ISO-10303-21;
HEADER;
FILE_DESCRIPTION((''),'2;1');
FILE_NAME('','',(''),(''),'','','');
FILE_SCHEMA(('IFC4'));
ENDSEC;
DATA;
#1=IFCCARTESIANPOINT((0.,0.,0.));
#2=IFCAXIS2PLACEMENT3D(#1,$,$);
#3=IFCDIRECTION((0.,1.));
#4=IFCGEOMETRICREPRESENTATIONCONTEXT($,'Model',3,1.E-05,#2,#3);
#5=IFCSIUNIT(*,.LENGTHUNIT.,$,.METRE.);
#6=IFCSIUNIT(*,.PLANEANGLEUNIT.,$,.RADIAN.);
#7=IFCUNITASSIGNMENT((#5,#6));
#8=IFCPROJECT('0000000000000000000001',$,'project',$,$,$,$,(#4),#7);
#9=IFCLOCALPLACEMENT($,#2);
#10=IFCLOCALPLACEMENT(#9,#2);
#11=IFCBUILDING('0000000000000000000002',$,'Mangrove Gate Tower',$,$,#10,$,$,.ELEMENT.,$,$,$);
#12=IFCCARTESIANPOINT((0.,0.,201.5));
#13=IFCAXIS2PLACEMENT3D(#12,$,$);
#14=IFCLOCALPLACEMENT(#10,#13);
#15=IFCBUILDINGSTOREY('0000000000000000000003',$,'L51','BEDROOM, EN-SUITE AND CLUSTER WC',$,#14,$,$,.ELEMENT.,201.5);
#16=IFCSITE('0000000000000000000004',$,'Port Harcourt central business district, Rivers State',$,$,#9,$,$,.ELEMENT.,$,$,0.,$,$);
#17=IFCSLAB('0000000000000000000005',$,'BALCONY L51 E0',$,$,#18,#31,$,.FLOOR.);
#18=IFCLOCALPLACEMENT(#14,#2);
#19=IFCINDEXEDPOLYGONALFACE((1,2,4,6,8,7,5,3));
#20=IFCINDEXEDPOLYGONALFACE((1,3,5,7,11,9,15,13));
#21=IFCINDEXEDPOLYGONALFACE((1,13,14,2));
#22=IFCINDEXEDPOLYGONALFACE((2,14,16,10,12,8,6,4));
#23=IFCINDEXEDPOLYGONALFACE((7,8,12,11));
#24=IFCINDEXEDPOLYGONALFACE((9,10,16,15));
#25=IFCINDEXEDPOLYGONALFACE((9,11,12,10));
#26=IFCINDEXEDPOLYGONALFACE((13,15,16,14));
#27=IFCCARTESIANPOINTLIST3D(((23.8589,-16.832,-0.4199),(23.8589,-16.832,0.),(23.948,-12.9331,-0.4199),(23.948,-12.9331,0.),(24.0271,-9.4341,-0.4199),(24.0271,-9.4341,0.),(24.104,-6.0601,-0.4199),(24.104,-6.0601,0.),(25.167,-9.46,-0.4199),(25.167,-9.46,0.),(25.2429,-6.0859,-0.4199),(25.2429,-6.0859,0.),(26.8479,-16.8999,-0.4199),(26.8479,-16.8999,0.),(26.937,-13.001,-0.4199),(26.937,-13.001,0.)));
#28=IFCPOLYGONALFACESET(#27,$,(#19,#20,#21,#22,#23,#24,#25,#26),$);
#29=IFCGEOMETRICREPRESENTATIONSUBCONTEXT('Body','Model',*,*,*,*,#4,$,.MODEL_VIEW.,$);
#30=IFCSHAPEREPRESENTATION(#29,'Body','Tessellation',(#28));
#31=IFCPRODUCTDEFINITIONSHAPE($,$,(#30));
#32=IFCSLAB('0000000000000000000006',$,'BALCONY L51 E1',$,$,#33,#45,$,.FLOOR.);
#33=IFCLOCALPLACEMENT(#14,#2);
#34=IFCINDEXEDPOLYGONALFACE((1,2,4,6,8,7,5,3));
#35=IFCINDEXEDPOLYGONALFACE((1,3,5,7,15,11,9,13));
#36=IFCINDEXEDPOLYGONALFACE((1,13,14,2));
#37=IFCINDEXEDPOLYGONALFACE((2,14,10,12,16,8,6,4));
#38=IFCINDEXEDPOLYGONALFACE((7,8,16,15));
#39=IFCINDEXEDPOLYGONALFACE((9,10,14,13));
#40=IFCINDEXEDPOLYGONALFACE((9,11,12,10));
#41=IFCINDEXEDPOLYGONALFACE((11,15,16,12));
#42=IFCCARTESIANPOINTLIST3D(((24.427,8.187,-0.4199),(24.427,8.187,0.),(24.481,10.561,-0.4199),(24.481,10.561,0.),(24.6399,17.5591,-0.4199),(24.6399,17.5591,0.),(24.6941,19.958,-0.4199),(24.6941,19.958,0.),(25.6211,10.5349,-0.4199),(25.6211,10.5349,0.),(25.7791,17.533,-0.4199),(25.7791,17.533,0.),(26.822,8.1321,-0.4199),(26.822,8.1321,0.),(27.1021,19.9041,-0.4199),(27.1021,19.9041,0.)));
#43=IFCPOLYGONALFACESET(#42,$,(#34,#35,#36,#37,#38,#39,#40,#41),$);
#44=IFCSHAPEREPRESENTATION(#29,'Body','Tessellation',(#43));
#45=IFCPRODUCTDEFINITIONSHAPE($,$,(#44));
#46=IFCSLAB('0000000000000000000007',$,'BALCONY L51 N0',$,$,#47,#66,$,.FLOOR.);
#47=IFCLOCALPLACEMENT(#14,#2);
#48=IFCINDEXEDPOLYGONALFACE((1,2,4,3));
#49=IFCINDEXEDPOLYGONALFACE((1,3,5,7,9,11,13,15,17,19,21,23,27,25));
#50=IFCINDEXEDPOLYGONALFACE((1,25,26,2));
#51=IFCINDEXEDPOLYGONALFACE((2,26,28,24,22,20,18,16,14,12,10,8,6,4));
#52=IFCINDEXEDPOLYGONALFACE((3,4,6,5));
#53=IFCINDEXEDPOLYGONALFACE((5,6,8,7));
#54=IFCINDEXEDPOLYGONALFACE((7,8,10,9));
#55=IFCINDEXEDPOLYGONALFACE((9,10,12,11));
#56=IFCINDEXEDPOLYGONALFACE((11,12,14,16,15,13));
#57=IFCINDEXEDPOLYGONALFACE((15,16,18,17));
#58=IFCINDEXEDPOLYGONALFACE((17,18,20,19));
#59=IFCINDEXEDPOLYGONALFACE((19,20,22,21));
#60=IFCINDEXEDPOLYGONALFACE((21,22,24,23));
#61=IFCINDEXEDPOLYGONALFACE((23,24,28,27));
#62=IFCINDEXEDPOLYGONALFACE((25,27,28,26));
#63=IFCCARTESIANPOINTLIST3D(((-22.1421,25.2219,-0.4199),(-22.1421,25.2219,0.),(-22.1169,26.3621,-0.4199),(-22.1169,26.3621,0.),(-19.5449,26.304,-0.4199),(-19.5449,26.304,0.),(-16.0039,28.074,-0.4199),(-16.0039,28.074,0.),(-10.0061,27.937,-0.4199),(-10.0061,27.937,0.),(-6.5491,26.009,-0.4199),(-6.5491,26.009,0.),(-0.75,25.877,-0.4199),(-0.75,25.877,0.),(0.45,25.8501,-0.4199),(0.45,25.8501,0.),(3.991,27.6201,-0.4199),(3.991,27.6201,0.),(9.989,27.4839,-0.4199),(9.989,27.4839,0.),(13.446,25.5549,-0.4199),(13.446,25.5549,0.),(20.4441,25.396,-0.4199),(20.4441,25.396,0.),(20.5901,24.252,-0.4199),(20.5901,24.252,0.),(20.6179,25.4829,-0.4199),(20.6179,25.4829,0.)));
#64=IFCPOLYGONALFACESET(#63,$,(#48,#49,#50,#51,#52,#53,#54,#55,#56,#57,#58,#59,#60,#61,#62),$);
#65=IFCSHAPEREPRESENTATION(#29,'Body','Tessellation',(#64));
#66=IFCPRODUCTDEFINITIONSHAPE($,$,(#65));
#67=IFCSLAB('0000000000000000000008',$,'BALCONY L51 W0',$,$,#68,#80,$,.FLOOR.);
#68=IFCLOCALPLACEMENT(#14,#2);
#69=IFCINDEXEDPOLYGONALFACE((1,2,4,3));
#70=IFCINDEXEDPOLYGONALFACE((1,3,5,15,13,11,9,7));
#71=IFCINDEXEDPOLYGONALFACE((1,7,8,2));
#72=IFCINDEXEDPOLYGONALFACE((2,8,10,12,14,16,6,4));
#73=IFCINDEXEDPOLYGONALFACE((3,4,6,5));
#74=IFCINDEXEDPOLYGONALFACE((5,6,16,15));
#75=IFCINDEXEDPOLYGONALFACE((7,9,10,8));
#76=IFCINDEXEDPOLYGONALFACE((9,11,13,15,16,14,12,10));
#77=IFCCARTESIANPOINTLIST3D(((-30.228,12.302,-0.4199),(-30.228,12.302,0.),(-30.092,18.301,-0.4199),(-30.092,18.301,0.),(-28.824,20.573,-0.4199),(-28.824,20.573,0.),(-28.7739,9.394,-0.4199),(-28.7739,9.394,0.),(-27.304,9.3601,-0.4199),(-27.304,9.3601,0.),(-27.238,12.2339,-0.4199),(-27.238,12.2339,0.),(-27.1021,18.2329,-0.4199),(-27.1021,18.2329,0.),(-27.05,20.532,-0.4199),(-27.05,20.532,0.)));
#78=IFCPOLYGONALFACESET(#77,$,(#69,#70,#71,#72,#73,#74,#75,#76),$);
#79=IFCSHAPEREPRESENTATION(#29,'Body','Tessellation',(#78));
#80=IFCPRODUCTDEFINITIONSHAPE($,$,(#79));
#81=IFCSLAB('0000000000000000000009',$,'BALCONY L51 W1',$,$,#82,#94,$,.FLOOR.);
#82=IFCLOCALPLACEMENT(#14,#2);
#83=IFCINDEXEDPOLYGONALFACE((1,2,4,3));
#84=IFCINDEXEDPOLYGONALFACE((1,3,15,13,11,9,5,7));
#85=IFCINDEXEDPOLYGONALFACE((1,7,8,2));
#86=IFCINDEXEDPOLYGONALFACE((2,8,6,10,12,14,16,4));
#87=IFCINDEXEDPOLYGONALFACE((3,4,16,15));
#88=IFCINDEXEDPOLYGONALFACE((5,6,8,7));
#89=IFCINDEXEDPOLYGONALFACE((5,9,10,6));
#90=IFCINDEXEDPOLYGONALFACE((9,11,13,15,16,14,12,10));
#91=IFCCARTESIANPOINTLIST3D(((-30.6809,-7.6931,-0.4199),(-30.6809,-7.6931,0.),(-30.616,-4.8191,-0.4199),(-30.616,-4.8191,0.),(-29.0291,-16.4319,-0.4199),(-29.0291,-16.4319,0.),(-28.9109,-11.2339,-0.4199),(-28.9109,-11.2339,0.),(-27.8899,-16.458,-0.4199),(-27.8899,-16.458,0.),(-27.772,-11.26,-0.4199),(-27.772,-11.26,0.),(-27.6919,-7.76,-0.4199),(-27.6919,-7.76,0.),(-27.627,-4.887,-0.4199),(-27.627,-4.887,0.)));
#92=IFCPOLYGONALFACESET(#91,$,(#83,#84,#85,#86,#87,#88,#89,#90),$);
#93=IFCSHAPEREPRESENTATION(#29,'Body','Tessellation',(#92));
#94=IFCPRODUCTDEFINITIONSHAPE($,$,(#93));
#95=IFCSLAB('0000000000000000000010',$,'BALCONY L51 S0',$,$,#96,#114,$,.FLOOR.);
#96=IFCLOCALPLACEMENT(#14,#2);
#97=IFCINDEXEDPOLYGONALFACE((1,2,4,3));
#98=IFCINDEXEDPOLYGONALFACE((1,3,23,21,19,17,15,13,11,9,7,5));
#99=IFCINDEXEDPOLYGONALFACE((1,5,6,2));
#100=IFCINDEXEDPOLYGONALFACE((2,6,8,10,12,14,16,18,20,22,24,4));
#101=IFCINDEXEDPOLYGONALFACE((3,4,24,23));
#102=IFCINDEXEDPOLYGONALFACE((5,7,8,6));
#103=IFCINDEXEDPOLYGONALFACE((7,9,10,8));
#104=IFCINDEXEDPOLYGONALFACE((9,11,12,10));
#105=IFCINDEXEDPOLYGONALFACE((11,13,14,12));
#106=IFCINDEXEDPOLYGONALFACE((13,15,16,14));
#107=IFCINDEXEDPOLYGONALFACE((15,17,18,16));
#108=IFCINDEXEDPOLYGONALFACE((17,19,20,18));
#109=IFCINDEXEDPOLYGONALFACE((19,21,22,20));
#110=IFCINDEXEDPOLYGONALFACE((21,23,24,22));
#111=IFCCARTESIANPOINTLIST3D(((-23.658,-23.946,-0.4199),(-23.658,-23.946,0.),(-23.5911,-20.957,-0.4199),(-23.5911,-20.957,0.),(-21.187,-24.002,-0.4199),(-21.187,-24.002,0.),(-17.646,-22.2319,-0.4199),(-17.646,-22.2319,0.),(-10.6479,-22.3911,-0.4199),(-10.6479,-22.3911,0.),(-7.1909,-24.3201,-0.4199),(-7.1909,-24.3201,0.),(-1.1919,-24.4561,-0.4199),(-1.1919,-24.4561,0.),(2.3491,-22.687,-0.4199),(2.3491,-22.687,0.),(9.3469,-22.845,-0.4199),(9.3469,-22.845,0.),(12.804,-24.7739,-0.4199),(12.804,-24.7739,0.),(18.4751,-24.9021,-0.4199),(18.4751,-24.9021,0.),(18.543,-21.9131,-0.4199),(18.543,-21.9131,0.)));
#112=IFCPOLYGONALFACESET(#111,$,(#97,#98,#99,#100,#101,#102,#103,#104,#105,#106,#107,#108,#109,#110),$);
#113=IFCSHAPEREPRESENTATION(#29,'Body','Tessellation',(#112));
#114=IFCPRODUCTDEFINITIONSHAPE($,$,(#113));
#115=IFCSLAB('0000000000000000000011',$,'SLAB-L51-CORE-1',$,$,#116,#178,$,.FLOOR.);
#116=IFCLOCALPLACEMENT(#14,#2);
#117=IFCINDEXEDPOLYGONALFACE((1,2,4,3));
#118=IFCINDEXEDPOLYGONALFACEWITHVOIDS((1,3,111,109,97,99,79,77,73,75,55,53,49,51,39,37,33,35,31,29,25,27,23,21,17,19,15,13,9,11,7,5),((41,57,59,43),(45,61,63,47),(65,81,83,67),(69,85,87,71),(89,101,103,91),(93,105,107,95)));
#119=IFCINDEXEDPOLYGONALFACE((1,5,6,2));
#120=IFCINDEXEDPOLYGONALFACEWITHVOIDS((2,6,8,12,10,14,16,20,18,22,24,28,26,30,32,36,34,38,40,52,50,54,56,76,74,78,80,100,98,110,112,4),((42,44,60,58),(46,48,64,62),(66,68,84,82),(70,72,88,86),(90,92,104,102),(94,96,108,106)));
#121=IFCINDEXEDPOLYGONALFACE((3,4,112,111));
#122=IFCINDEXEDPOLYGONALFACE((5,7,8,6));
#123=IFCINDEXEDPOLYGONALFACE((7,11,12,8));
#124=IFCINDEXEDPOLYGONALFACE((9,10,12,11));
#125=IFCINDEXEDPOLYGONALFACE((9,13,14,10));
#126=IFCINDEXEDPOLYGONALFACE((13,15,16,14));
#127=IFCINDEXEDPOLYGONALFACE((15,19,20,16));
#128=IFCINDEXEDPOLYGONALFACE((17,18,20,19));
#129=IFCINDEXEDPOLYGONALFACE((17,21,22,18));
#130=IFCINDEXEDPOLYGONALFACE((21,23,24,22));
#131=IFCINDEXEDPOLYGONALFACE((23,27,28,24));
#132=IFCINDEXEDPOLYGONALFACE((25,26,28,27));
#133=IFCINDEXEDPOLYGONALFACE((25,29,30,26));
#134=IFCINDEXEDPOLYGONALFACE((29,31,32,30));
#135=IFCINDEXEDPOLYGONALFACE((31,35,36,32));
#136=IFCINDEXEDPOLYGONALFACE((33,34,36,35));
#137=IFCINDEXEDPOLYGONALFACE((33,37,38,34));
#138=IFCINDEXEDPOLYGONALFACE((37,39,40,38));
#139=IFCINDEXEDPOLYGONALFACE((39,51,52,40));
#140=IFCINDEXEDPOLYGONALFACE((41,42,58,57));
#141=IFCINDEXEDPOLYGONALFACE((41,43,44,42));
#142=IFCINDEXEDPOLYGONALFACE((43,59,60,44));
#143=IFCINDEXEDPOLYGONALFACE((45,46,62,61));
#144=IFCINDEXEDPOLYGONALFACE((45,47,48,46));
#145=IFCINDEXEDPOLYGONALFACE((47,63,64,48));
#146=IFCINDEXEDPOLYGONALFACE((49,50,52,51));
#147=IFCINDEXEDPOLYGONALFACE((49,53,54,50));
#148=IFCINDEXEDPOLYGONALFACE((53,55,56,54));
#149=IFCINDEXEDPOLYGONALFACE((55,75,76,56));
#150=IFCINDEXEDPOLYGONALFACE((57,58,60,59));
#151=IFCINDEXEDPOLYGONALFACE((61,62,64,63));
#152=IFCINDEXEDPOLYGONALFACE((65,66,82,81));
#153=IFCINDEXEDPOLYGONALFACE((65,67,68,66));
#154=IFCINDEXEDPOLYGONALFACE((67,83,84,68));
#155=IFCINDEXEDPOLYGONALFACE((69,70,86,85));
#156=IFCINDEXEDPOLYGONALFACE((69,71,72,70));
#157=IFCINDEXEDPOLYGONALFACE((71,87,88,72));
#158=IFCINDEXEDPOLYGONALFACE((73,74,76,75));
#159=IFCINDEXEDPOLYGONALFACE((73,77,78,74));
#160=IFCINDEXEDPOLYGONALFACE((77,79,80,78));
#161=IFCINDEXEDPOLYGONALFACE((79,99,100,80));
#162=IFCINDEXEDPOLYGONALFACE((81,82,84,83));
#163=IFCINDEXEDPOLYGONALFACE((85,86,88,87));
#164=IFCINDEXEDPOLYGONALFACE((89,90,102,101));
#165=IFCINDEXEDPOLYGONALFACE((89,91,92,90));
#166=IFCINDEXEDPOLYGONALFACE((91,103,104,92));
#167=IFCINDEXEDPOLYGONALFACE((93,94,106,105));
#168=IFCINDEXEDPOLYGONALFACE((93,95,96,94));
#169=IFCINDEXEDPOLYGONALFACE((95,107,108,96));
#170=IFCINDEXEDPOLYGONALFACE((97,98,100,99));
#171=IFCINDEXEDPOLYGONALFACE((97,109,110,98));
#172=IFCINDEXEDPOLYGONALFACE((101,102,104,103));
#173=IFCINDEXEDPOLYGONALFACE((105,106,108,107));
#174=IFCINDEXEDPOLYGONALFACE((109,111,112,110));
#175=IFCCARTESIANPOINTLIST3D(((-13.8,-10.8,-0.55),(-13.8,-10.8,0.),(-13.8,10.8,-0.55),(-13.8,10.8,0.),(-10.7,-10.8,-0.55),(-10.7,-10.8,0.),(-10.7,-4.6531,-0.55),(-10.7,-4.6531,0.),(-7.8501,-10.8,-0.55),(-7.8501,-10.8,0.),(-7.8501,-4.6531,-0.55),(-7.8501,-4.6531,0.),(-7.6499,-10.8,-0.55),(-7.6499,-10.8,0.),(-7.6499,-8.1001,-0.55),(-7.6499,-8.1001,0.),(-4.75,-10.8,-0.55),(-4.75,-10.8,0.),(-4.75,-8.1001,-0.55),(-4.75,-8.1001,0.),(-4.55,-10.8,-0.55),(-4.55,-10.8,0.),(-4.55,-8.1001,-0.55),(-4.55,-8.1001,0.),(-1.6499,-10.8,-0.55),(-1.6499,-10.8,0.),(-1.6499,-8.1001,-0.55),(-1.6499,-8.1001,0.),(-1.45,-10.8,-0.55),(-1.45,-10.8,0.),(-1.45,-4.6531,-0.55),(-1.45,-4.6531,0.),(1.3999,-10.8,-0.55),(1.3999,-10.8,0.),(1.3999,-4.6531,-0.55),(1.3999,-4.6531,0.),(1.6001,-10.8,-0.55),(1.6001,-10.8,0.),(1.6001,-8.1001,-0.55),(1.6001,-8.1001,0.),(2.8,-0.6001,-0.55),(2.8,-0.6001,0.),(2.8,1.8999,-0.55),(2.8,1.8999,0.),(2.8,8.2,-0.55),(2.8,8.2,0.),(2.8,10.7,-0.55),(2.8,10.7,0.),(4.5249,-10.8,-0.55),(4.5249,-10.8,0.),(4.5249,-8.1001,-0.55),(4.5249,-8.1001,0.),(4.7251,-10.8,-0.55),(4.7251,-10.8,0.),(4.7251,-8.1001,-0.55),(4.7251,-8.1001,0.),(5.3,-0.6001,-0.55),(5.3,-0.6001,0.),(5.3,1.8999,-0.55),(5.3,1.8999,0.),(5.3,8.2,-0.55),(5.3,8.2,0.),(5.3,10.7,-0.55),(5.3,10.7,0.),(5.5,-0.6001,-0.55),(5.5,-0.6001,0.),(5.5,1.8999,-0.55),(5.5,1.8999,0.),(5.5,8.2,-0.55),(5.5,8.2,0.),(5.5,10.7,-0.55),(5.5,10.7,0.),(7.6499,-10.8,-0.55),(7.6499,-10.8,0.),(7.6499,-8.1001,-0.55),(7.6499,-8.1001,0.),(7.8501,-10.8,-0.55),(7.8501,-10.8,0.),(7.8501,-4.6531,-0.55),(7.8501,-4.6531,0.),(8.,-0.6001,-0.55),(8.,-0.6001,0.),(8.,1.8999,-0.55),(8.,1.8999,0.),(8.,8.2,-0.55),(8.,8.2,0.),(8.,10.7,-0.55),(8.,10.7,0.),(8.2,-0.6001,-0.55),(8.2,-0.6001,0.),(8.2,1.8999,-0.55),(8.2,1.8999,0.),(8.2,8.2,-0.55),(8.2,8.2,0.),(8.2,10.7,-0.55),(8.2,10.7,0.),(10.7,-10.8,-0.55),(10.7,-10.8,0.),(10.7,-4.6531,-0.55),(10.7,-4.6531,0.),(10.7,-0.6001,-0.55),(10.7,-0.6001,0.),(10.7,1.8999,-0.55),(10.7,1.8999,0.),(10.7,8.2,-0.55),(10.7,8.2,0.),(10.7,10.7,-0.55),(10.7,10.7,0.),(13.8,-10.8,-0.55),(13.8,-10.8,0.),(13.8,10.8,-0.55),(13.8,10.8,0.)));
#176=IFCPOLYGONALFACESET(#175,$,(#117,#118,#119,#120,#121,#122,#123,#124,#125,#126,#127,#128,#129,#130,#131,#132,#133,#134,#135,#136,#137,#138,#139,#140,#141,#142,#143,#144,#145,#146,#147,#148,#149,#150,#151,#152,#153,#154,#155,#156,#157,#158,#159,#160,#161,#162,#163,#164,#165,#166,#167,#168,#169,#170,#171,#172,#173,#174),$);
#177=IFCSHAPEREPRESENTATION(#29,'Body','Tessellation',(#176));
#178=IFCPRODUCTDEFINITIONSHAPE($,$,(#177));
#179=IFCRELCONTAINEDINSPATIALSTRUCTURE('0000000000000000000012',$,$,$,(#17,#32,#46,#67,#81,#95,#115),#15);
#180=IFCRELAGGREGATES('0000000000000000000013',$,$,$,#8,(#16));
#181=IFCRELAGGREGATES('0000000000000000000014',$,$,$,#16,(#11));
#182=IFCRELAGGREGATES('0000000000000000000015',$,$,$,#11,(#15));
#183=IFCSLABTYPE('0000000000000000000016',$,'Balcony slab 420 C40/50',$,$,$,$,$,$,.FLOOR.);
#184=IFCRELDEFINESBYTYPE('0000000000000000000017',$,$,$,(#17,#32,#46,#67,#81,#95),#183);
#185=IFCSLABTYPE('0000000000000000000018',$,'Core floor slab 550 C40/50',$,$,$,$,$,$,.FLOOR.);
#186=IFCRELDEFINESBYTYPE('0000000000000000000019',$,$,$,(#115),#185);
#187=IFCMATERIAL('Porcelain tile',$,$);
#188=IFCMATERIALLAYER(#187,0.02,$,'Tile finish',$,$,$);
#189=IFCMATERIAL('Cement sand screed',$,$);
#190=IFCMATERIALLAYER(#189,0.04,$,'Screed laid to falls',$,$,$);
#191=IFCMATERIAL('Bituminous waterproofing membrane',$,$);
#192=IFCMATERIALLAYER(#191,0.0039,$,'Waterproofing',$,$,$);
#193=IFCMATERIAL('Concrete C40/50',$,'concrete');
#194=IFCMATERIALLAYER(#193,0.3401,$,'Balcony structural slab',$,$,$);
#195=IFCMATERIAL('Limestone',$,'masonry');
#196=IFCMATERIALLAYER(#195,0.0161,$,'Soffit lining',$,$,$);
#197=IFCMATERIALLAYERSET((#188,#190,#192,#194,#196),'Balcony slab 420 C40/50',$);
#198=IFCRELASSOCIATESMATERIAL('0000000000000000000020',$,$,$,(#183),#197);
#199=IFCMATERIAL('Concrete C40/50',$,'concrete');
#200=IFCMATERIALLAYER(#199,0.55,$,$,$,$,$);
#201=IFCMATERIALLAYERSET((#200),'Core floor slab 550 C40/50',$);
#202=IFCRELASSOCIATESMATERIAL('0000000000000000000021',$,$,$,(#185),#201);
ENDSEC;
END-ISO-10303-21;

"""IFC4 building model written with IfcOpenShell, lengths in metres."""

from ifc_helpers import new_model, si_unit, direction, frame, origin, place, context, subcontext, project, spatial, polyline, outline, extrude, material, layer, layer_set, type_object, element, save


model = new_model("IFC4")

# Units and contexts
model_context = context("Model", 3, precision=1e-05, world=origin(), true_north=direction((0.0, 1.0)))
body_context = subcontext(model_context, "Body", "Model", "MODEL_VIEW")
ifc_project = project(units=[si_unit("LENGTHUNIT", "METRE"), si_unit("PLANEANGLEUNIT", "RADIAN")], contexts=[model_context])

# Site, building, storey
site_placement = place(None, origin())
site = spatial("IfcSite", under=ifc_project, at=site_placement, Name="Port Harcourt central business district, Rivers State", CompositionType="ELEMENT", RefElevation=0.0)
building_placement = place(site_placement, origin())
building = spatial("IfcBuilding", under=site, at=building_placement, Name="Mangrove Gate Tower", CompositionType="ELEMENT")
storey_placement = place(building_placement, frame((0.0, 0.0, 201.5)))
storey = spatial("IfcBuildingStorey", under=building, at=storey_placement, Name="L51", Description="BEDROOM, EN-SUITE AND CLUSTER WC", CompositionType="ELEMENT", Elevation=201.5)

# Slabs
ifc_material_1 = material(Name="Porcelain tile")
ifc_layer_1 = layer(ifc_material_1, 0.02, Name="Tile finish")
ifc_material_2 = material(Name="Cement sand screed")
ifc_layer_2 = layer(ifc_material_2, 0.04, Name="Screed laid to falls")
ifc_material_3 = material(Name="Bituminous waterproofing membrane")
ifc_layer_3 = layer(ifc_material_3, 0.0039, Name="Waterproofing")
ifc_material_4 = material(Name="Concrete C40/50", Category="concrete")
ifc_layer_4 = layer(ifc_material_4, 0.3401, Name="Balcony structural slab")
ifc_material_5 = material(Name="Limestone", Category="masonry")
ifc_layer_5 = layer(ifc_material_5, 0.0161, Name="Soffit lining")
ifc_layer_set_1 = layer_set([ifc_layer_1, ifc_layer_2, ifc_layer_3, ifc_layer_4, ifc_layer_5], Name="Balcony slab 420 C40/50")
slab_type_1 = type_object("IfcSlabType", Name="Balcony slab 420 C40/50", PredefinedType="FLOOR", material=ifc_layer_set_1)
slab_1_placement = place(storey_placement, frame((0.0, 0.0, -0.4199)))
element("IfcSlab", 1, at=slab_1_placement, inside=storey, type_object=slab_type_1, Name="BALCONY L51 E0", PredefinedType="FLOOR", context=body_context, shape_type="SweptSolid", body=[
    extrude(outline(polyline([(26.8479, -16.8999), (26.937, -13.001), (25.167, -9.46), (25.2429, -6.0859), (24.104, -6.0601), (24.0271, -9.4341), (23.948, -12.9331), (23.8589, -16.832), (26.8479, -16.8999)])), origin(), (0.0, 0.0, 1.0), 0.4199),
])
slab_2_placement = place(storey_placement, frame((0.0, 0.0, -0.4199)))
element("IfcSlab", 2, at=slab_2_placement, inside=storey, type_object=slab_type_1, Name="BALCONY L51 E1", PredefinedType="FLOOR", context=body_context, shape_type="SweptSolid", body=[
    extrude(outline(polyline([(26.822, 8.1321), (25.6211, 10.5349), (25.7791, 17.533), (27.1021, 19.9041), (24.6941, 19.958), (24.6399, 17.5591), (24.481, 10.561), (24.427, 8.187), (26.822, 8.1321)])), origin(), (0.0, 0.0, 1.0), 0.4199),
])
slab_3_placement = place(storey_placement, frame((0.0, 0.0, -0.4199)))
element("IfcSlab", 3, at=slab_3_placement, inside=storey, type_object=slab_type_1, Name="BALCONY L51 N0", PredefinedType="FLOOR", context=body_context, shape_type="SweptSolid", body=[
    extrude(outline(polyline([(20.6179, 25.4829), (20.4441, 25.396), (13.446, 25.5549), (9.989, 27.4839), (3.991, 27.6201), (0.45, 25.8501), (-0.75, 25.877), (-6.5491, 26.009), (-10.0061, 27.937), (-16.0039, 28.074), (-19.5449, 26.304), (-22.1169, 26.3621), (-22.1421, 25.2219), (20.5901, 24.252), (20.6179, 25.4829)])), origin(), (0.0, 0.0, 1.0), 0.4199),
])
slab_4_placement = place(storey_placement, frame((0.0, 0.0, -0.4199)))
element("IfcSlab", 4, at=slab_4_placement, inside=storey, type_object=slab_type_1, Name="BALCONY L51 W0", PredefinedType="FLOOR", context=body_context, shape_type="SweptSolid", body=[
    extrude(outline(polyline([(-28.824, 20.573), (-30.092, 18.301), (-30.228, 12.302), (-28.7739, 9.394), (-27.304, 9.3601), (-27.238, 12.2339), (-27.1021, 18.2329), (-27.05, 20.532), (-28.824, 20.573)])), origin(), (0.0, 0.0, 1.0), 0.4199),
])
slab_5_placement = place(storey_placement, frame((0.0, 0.0, -0.4199)))
element("IfcSlab", 5, at=slab_5_placement, inside=storey, type_object=slab_type_1, Name="BALCONY L51 W1", PredefinedType="FLOOR", context=body_context, shape_type="SweptSolid", body=[
    extrude(outline(polyline([(-30.616, -4.8191), (-30.6809, -7.6931), (-28.9109, -11.2339), (-29.0291, -16.4319), (-27.8899, -16.458), (-27.772, -11.26), (-27.6919, -7.76), (-27.627, -4.887), (-30.616, -4.8191)])), origin(), (0.0, 0.0, 1.0), 0.4199),
])
slab_6_placement = place(storey_placement, frame((0.0, 0.0, -0.4199)))
element("IfcSlab", 6, at=slab_6_placement, inside=storey, type_object=slab_type_1, Name="BALCONY L51 S0", PredefinedType="FLOOR", context=body_context, shape_type="SweptSolid", body=[
    extrude(outline(polyline([(-23.658, -23.946), (-21.187, -24.002), (-17.646, -22.2319), (-10.6479, -22.3911), (-7.1909, -24.3201), (-1.1919, -24.4561), (2.3491, -22.687), (9.3469, -22.845), (12.804, -24.7739), (18.4751, -24.9021), (18.543, -21.9131), (-23.5911, -20.957), (-23.658, -23.946)])), origin(), (0.0, 0.0, 1.0), 0.4199),
])
ifc_material_6 = material(Name="Concrete C40/50", Category="concrete")
ifc_layer_6 = layer(ifc_material_6, 0.55)
ifc_layer_set_2 = layer_set([ifc_layer_6], Name="Core floor slab 550 C40/50")
slab_type_2 = type_object("IfcSlabType", Name="Core floor slab 550 C40/50", PredefinedType="FLOOR", material=ifc_layer_set_2)
slab_7_placement = place(storey_placement, frame((0.0, 0.0, -0.55)))
element("IfcSlab", 7, at=slab_7_placement, inside=storey, type_object=slab_type_2, Name="SLAB-L51-CORE-1", PredefinedType="FLOOR", context=body_context, shape_type="SweptSolid", body=[
    extrude(outline(polyline([(-13.8, -10.8), (-13.8, 10.8), (13.8, 10.8), (13.8, -10.8), (10.7, -10.8), (10.7, -4.6531), (7.8501, -4.6531), (7.8501, -10.8), (7.6499, -10.8), (7.6499, -8.1001), (4.7251, -8.1001), (4.7251, -10.8), (4.5249, -10.8), (4.5249, -8.1001), (1.6001, -8.1001), (1.6001, -10.8), (1.3999, -10.8), (1.3999, -4.6531), (-1.45, -4.6531), (-1.45, -10.8), (-1.6499, -10.8), (-1.6499, -8.1001), (-4.55, -8.1001), (-4.55, -10.8), (-4.75, -10.8), (-4.75, -8.1001), (-7.6499, -8.1001), (-7.6499, -10.8), (-7.8501, -10.8), (-7.8501, -4.6531), (-10.7, -4.6531), (-10.7, -10.8), (-13.8, -10.8)]), holes=[polyline([(5.3, -0.6001), (5.3, 1.8999), (2.8, 1.8999), (2.8, -0.6001), (5.3, -0.6001)]), polyline([(5.3, 10.7), (2.8, 10.7), (2.8, 8.2), (5.3, 8.2), (5.3, 10.7)]), polyline([(8.0, -0.6001), (8.0, 1.8999), (5.5, 1.8999), (5.5, -0.6001), (8.0, -0.6001)]), polyline([(10.7, -0.6001), (10.7, 1.8999), (8.2, 1.8999), (8.2, -0.6001), (10.7, -0.6001)]), polyline([(8.0, 8.2), (8.0, 10.7), (5.5, 10.7), (5.5, 8.2), (8.0, 8.2)]), polyline([(10.7, 8.2), (10.7, 10.7), (8.2, 10.7), (8.2, 8.2), (10.7, 8.2)])]), origin(), (0.0, 0.0, 1.0), 0.55),
])

save(model, "model.ifc")
